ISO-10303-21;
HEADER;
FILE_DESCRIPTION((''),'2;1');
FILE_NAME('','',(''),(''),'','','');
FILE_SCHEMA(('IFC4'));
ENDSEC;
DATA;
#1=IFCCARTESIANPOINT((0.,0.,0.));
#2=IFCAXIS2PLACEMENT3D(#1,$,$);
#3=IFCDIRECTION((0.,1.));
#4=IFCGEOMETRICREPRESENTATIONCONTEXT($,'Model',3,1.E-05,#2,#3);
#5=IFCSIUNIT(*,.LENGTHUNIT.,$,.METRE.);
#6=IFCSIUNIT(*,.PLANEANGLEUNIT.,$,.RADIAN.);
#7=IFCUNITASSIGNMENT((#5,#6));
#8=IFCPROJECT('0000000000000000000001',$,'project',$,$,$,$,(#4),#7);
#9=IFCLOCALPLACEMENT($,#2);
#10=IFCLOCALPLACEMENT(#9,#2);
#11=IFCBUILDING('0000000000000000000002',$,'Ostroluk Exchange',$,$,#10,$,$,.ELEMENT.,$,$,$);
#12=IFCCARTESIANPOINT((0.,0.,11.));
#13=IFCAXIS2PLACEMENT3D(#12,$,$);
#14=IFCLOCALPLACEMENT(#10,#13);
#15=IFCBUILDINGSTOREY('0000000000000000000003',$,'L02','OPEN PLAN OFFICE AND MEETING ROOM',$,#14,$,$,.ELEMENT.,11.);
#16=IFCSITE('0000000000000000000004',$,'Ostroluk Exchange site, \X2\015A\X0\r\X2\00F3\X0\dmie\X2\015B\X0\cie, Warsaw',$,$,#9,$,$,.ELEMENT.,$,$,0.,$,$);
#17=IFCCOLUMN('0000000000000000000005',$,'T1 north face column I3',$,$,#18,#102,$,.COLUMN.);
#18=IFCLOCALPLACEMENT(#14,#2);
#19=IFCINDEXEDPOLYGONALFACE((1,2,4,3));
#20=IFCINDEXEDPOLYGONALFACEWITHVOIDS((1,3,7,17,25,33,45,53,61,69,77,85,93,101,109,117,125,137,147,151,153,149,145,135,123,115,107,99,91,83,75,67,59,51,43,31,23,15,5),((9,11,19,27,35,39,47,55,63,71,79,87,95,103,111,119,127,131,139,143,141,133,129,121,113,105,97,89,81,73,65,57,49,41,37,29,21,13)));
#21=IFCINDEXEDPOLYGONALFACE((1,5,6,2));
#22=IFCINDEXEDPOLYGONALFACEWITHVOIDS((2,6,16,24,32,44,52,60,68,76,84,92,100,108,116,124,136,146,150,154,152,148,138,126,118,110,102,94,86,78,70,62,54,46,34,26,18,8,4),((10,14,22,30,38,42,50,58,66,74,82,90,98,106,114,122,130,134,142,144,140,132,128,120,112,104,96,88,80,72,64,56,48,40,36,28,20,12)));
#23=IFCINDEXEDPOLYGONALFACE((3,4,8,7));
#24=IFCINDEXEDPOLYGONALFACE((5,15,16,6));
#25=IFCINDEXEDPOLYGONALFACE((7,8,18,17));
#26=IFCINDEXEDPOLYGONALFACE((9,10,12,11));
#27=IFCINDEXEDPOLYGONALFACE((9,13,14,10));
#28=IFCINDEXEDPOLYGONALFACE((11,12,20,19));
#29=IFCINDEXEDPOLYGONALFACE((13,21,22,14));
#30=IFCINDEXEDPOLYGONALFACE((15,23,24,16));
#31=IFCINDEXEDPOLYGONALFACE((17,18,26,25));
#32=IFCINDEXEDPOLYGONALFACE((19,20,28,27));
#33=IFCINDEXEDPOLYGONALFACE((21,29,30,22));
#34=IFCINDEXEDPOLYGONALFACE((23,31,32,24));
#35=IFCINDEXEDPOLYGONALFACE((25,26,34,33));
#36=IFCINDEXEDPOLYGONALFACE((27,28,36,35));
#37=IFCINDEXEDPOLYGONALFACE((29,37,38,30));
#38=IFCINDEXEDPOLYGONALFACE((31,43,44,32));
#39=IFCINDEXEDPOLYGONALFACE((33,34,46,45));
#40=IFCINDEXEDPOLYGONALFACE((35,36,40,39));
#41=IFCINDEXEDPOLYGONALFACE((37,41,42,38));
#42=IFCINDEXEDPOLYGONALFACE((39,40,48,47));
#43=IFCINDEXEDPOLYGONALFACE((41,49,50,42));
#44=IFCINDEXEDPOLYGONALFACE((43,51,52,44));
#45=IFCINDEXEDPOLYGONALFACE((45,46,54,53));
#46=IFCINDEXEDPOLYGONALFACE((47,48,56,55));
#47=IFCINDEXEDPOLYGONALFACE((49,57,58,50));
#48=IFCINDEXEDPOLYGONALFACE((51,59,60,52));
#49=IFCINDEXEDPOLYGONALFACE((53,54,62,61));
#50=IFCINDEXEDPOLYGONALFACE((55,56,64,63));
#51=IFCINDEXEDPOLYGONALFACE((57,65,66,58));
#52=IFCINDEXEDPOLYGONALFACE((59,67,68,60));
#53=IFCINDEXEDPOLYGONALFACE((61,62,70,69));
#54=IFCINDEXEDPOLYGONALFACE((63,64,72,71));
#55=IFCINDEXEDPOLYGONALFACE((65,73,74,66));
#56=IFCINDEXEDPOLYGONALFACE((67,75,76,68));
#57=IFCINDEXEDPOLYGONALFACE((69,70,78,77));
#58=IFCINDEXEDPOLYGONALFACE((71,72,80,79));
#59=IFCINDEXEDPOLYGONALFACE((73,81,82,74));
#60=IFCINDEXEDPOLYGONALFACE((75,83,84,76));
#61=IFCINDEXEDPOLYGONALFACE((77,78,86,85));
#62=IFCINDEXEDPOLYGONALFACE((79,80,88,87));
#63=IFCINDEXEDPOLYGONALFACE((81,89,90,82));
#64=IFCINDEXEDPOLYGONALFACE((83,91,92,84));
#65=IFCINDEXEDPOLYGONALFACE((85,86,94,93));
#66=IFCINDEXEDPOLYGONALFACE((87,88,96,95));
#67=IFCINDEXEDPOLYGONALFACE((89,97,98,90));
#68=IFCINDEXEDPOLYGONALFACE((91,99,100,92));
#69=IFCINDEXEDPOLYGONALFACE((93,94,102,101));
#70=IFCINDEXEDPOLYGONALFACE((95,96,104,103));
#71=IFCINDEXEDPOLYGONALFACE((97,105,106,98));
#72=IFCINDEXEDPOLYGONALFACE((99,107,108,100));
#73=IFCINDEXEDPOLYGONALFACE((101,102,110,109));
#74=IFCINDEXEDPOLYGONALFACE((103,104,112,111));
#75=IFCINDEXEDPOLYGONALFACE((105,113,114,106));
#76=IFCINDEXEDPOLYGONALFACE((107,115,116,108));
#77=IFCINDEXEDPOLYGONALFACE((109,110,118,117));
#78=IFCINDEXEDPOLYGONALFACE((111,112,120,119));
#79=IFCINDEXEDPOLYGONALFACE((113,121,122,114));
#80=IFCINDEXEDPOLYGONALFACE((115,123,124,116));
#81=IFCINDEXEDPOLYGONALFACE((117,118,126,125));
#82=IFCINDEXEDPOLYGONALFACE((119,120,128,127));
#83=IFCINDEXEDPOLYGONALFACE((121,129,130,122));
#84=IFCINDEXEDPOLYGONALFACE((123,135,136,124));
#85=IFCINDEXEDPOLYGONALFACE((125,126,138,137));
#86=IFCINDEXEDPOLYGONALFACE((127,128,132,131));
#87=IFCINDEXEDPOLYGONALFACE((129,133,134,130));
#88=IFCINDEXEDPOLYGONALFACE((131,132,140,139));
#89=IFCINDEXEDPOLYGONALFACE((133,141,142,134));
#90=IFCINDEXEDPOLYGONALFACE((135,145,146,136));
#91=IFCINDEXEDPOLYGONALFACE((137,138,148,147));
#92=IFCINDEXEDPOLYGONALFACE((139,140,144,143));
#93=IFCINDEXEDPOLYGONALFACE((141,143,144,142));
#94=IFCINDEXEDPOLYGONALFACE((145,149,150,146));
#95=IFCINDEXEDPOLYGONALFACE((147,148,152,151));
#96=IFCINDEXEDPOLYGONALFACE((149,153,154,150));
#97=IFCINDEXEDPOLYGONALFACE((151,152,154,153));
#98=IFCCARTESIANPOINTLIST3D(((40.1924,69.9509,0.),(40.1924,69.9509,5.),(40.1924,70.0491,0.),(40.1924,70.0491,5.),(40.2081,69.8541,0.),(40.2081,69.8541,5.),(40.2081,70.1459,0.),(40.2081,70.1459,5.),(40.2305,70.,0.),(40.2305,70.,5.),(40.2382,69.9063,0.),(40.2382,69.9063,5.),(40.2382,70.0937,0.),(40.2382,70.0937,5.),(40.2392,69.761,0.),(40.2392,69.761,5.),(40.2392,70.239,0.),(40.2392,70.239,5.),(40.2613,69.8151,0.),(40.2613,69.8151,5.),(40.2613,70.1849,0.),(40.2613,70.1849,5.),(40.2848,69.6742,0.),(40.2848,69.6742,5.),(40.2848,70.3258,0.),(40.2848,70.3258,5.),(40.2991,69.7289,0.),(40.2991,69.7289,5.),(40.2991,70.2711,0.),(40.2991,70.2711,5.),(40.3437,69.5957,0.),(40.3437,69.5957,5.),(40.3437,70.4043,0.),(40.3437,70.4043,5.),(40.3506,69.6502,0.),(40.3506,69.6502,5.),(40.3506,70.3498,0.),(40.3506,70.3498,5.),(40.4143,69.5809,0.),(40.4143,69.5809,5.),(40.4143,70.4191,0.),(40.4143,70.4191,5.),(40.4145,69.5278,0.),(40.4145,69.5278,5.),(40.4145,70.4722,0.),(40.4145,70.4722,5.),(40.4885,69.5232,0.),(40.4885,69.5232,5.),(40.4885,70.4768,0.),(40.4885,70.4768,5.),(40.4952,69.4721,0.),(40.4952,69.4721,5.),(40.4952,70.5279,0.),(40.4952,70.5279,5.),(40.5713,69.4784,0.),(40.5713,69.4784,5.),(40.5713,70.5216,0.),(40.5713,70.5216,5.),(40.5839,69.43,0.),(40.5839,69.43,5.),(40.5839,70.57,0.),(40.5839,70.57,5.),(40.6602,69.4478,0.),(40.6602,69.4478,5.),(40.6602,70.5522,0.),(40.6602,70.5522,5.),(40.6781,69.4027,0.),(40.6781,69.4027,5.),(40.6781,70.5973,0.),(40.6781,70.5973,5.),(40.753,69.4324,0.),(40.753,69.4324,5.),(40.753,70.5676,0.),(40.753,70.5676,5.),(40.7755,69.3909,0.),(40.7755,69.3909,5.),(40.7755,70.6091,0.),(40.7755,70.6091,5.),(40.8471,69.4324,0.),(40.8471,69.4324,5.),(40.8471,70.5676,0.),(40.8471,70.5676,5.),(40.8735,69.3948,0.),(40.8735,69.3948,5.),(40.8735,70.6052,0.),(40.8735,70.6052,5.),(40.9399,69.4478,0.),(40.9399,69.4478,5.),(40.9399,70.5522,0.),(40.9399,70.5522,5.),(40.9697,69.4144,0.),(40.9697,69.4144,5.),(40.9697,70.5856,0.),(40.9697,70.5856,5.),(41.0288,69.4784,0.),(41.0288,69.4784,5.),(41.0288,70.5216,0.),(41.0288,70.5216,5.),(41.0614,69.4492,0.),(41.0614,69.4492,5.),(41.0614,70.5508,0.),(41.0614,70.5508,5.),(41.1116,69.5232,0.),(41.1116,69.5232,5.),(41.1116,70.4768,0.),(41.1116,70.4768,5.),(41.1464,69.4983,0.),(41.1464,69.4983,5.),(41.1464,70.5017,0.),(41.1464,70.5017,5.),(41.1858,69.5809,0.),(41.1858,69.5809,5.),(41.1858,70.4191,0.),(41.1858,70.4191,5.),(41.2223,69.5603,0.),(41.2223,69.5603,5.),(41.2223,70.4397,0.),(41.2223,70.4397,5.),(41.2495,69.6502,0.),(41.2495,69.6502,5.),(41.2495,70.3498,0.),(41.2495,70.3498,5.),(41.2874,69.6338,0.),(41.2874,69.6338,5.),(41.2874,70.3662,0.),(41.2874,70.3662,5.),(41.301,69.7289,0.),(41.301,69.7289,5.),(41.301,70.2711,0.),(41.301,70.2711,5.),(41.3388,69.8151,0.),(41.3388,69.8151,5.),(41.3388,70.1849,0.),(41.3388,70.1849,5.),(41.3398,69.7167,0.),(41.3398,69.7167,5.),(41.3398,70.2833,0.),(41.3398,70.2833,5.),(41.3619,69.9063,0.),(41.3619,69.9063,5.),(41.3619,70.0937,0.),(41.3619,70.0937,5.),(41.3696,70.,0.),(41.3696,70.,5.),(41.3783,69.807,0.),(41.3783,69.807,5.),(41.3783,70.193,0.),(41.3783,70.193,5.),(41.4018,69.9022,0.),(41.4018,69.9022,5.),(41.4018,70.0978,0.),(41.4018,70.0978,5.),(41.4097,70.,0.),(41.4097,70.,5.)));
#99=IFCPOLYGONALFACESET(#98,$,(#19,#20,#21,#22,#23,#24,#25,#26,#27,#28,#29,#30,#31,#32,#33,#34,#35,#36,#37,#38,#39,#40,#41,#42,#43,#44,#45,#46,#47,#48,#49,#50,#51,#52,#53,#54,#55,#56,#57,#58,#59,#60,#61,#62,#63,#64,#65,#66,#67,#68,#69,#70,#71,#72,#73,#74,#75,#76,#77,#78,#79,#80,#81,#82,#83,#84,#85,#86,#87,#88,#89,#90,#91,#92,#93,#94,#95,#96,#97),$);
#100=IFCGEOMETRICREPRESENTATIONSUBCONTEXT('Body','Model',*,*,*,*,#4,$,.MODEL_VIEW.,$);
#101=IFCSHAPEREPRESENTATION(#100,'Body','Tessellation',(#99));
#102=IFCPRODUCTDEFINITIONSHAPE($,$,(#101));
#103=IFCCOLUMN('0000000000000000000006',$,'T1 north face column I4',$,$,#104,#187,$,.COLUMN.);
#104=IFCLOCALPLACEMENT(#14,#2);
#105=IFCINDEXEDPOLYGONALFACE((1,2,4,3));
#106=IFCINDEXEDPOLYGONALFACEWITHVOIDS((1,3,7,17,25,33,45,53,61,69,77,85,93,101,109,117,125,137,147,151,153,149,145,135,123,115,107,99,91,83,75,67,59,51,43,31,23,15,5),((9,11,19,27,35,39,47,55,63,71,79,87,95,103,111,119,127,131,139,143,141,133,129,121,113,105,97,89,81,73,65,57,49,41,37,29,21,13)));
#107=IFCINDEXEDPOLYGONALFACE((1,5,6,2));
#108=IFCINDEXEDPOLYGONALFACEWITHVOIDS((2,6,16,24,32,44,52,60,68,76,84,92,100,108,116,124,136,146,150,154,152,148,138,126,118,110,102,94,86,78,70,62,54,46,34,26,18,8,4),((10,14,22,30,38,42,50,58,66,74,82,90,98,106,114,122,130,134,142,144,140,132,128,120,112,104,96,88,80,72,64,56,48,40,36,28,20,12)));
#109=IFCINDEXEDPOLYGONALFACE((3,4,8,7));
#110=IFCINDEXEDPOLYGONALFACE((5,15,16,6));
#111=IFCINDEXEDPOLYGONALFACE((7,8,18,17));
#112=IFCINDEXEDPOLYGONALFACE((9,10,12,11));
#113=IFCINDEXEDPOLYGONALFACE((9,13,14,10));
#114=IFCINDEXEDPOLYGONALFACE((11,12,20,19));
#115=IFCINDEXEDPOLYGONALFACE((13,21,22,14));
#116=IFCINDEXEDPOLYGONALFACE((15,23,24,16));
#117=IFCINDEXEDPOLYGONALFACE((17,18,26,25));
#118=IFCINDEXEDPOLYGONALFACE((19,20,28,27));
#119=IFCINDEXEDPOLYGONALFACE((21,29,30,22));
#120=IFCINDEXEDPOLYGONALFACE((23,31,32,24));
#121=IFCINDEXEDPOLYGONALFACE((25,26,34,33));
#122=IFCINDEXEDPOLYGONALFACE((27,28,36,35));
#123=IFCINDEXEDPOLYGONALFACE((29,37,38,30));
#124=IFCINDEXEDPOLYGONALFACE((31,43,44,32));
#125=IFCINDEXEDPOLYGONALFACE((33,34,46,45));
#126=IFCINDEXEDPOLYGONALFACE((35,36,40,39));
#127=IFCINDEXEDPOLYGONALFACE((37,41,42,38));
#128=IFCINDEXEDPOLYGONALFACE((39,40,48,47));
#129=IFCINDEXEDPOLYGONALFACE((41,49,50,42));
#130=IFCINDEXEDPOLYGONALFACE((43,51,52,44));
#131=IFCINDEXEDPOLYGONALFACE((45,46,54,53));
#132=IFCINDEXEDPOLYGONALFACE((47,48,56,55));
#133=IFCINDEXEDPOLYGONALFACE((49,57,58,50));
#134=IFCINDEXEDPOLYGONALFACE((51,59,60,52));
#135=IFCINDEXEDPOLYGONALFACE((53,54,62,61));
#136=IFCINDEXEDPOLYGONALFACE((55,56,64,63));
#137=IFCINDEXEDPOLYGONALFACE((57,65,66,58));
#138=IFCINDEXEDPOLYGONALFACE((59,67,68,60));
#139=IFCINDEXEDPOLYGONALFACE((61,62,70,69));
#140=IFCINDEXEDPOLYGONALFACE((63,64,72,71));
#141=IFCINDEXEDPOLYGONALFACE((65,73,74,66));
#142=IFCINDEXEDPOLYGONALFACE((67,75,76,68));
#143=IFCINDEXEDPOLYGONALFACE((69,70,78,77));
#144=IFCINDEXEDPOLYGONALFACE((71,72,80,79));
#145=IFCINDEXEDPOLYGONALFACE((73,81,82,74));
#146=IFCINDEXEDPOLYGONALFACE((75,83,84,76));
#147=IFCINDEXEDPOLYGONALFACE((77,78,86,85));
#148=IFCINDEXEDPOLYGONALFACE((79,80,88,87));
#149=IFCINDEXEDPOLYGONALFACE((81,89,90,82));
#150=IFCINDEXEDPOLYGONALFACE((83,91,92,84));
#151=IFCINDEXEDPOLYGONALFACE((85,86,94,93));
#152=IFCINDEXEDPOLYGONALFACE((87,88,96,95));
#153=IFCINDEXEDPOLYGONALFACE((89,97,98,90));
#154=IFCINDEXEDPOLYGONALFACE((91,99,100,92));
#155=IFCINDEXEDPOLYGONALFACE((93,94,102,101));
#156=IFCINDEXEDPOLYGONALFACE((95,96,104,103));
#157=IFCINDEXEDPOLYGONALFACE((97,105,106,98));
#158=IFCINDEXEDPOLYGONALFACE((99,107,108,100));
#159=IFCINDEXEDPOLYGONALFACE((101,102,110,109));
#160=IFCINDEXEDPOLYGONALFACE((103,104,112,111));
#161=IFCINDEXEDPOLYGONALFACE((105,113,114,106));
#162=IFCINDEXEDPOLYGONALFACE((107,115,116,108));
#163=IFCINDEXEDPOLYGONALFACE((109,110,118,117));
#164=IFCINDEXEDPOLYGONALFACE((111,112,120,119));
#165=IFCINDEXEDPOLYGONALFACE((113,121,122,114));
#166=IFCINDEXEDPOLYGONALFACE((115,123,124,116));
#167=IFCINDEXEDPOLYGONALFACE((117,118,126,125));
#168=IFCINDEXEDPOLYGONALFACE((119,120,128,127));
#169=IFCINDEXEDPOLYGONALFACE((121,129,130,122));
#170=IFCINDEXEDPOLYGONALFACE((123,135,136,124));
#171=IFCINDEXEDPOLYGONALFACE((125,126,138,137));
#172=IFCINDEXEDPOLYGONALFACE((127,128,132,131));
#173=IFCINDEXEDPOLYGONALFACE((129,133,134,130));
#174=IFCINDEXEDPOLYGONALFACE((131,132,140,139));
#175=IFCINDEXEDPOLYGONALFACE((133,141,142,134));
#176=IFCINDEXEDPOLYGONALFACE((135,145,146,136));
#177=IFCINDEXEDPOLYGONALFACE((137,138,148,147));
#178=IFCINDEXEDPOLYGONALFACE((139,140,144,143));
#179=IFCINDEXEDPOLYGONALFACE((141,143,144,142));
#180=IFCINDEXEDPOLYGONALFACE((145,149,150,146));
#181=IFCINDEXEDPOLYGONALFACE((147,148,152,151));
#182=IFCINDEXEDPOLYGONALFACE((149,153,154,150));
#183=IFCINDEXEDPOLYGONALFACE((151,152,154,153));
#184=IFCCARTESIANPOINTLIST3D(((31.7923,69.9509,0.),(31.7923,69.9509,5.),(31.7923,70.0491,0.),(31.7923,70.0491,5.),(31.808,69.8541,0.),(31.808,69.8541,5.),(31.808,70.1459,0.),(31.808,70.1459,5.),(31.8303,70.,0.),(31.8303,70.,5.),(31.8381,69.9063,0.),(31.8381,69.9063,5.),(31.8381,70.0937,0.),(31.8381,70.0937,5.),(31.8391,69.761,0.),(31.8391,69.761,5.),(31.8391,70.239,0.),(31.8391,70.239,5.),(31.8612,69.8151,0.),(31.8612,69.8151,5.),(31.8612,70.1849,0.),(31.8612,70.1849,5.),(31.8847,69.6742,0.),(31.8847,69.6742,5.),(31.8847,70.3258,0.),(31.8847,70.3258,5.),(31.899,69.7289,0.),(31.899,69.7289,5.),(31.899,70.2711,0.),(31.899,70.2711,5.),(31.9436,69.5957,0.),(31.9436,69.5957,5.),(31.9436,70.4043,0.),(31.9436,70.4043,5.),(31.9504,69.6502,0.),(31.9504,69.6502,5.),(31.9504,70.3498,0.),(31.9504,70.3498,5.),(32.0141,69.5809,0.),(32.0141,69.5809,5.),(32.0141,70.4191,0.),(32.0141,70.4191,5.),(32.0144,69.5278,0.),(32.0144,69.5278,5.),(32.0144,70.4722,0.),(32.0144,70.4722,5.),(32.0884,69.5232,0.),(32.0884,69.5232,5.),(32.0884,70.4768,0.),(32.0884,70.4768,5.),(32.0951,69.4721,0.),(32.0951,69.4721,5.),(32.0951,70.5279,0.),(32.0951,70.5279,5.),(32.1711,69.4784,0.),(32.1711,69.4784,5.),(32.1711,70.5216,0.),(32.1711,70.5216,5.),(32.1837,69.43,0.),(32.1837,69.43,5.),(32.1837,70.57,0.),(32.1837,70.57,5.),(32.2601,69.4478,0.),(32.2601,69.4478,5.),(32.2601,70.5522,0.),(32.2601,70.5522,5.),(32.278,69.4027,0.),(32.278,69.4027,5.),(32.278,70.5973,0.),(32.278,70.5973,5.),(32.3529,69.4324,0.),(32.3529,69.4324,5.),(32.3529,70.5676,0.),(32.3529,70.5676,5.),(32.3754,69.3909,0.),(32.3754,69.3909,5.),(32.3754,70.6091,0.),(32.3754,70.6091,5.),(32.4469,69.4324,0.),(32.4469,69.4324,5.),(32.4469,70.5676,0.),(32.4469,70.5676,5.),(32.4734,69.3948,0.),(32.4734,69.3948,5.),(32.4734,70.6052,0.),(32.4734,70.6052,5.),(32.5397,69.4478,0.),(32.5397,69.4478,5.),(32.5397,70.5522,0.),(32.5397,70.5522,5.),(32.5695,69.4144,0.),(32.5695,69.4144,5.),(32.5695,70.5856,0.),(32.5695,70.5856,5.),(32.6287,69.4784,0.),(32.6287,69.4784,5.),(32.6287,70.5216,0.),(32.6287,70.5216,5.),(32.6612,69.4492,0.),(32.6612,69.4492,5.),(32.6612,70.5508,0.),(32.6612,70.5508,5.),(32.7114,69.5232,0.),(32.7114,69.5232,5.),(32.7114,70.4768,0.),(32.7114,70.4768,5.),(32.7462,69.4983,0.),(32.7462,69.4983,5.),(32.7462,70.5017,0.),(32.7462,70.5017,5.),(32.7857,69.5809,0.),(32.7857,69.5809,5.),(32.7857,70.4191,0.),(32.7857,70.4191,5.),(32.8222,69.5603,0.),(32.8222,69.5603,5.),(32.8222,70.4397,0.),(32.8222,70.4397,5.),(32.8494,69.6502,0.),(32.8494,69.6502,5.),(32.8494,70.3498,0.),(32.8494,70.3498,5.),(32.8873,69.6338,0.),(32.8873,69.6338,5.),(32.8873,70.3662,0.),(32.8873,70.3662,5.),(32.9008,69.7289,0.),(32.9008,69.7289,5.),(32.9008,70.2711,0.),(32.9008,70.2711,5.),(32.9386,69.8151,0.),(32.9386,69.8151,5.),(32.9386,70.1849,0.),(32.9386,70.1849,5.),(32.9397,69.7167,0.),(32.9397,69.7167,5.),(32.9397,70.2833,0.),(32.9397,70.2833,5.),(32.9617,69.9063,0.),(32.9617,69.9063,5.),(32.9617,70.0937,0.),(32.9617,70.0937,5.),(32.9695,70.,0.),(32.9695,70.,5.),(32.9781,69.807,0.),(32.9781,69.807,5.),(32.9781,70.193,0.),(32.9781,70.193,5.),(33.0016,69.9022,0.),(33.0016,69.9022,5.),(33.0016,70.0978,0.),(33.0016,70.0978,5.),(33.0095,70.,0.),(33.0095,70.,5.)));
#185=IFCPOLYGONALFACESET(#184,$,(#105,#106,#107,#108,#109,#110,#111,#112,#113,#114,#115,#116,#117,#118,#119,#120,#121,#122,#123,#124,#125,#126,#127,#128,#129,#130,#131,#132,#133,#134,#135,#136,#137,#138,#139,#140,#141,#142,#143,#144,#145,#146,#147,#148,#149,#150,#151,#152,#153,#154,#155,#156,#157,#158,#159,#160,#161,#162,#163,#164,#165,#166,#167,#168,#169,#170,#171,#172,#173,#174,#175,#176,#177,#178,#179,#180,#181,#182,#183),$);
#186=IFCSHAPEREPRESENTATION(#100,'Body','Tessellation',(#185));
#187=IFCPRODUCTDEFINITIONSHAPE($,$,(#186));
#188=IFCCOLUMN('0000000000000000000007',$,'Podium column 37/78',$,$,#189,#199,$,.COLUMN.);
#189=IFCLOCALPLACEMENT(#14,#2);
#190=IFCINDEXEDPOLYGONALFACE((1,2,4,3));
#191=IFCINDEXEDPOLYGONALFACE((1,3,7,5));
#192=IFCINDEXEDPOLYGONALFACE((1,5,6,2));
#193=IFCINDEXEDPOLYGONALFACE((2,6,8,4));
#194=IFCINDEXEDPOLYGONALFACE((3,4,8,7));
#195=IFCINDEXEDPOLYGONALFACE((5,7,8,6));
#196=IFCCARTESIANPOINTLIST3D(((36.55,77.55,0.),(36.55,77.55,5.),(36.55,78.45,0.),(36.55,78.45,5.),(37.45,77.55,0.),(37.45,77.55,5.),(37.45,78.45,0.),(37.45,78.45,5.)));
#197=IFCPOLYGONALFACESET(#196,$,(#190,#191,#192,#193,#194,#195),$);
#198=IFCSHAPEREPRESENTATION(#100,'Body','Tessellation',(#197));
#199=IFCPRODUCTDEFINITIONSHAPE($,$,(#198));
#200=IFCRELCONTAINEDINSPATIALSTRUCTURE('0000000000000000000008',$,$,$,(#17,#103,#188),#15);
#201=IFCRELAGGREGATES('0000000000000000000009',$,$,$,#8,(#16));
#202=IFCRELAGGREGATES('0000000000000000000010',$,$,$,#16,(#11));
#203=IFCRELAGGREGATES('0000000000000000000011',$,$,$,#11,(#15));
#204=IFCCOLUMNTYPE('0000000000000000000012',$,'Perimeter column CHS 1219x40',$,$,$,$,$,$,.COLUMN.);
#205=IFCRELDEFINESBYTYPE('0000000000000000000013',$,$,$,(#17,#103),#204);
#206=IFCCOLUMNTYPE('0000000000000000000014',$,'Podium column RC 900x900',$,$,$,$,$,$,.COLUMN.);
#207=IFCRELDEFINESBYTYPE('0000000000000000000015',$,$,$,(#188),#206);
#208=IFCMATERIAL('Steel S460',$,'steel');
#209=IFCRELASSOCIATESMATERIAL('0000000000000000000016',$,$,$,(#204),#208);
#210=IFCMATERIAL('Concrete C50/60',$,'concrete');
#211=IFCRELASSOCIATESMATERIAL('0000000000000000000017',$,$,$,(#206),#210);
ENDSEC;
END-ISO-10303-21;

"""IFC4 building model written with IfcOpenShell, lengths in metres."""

from ifc_helpers import new_model, si_unit, direction, frame, origin, origin_2d, place, context, subcontext, project, spatial, rectangle, hollow_circle, extrude, material, material_profile, profile_set, type_object, element, save


model = new_model("IFC4")

# Units and contexts
model_context = context("Model", 3, precision=1e-05, world=origin(), true_north=direction((0.0, 1.0)))
body_context = subcontext(model_context, "Body", "Model", "MODEL_VIEW")
ifc_project = project(units=[si_unit("LENGTHUNIT", "METRE"), si_unit("PLANEANGLEUNIT", "RADIAN")], contexts=[model_context])

# Site, building, storey
site_placement = place(None, origin())
site = spatial("IfcSite", under=ifc_project, at=site_placement, Name="Ostroluk Exchange site, Śródmieście, Warsaw", CompositionType="ELEMENT", RefElevation=0.0)
building_placement = place(site_placement, origin())
building = spatial("IfcBuilding", under=site, at=building_placement, Name="Ostroluk Exchange", CompositionType="ELEMENT")
storey_placement = place(building_placement, frame((0.0, 0.0, 11.0)))
storey = spatial("IfcBuildingStorey", under=building, at=storey_placement, Name="L02", Description="OPEN PLAN OFFICE AND MEETING ROOM", CompositionType="ELEMENT", Elevation=11.0)

# Columns
ifc_material_1 = material(Name="Steel S460", Category="steel")
ifc_material_profile_1 = material_profile(ifc_material_1, hollow_circle(Radius=0.6096, WallThickness=0.04, at=origin_2d()), Name="CHS 1219x40")
ifc_profile_set_1 = profile_set([ifc_material_profile_1], Name="Steel S460")
column_type_1 = type_object("IfcColumnType", Name="Perimeter column CHS 1219x40", PredefinedType="COLUMN", material=ifc_profile_set_1)
for number, where, z_axis, x_axis, name in (
    (1, (40.8, 70.0, 0.0), (0.0, 0.0, 1.0), (1.0, 0.0, 0.0), "T1 north face column I3"),
    (2, (32.3999, 70.0, 0.0), (0.0, 0.0, 1.0), (1.0, 0.0, 0.0), "T1 north face column I4"),
):
    element("IfcColumn", number, at=place(storey_placement, frame(where, z_axis=z_axis, x_axis=x_axis)), inside=storey, type_object=column_type_1, Name=name, PredefinedType="COLUMN", context=body_context, shape_type="SweptSolid", body=[
        extrude(hollow_circle(Radius=0.6096, WallThickness=0.04, at=origin_2d()), origin(), (0.0, 0.0, 1.0), 5.0),
    ])
ifc_material_2 = material(Name="Concrete C50/60", Category="concrete")
ifc_material_profile_2 = material_profile(ifc_material_2, rectangle(XDim=0.8999, YDim=0.8999, at=origin_2d()), Name="RC 900x900")
ifc_profile_set_2 = profile_set([ifc_material_profile_2], Name="Concrete C50/60")
column_type_2 = type_object("IfcColumnType", Name="Podium column RC 900x900", PredefinedType="COLUMN", material=ifc_profile_set_2)
for number, where, z_axis, x_axis, name in (
    (3, (37.0, 78.0, 0.0), (0.0, 0.0, 1.0), (1.0, 0.0, 0.0), "Podium column 37/78"),
):
    element("IfcColumn", number, at=place(storey_placement, frame(where, z_axis=z_axis, x_axis=x_axis)), inside=storey, type_object=column_type_2, Name=name, PredefinedType="COLUMN", context=body_context, shape_type="SweptSolid", body=[
        extrude(rectangle(XDim=0.8999, YDim=0.8999, at=origin_2d()), origin(), (0.0, 0.0, 1.0), 5.0),
    ])

save(model, "model.ifc")
